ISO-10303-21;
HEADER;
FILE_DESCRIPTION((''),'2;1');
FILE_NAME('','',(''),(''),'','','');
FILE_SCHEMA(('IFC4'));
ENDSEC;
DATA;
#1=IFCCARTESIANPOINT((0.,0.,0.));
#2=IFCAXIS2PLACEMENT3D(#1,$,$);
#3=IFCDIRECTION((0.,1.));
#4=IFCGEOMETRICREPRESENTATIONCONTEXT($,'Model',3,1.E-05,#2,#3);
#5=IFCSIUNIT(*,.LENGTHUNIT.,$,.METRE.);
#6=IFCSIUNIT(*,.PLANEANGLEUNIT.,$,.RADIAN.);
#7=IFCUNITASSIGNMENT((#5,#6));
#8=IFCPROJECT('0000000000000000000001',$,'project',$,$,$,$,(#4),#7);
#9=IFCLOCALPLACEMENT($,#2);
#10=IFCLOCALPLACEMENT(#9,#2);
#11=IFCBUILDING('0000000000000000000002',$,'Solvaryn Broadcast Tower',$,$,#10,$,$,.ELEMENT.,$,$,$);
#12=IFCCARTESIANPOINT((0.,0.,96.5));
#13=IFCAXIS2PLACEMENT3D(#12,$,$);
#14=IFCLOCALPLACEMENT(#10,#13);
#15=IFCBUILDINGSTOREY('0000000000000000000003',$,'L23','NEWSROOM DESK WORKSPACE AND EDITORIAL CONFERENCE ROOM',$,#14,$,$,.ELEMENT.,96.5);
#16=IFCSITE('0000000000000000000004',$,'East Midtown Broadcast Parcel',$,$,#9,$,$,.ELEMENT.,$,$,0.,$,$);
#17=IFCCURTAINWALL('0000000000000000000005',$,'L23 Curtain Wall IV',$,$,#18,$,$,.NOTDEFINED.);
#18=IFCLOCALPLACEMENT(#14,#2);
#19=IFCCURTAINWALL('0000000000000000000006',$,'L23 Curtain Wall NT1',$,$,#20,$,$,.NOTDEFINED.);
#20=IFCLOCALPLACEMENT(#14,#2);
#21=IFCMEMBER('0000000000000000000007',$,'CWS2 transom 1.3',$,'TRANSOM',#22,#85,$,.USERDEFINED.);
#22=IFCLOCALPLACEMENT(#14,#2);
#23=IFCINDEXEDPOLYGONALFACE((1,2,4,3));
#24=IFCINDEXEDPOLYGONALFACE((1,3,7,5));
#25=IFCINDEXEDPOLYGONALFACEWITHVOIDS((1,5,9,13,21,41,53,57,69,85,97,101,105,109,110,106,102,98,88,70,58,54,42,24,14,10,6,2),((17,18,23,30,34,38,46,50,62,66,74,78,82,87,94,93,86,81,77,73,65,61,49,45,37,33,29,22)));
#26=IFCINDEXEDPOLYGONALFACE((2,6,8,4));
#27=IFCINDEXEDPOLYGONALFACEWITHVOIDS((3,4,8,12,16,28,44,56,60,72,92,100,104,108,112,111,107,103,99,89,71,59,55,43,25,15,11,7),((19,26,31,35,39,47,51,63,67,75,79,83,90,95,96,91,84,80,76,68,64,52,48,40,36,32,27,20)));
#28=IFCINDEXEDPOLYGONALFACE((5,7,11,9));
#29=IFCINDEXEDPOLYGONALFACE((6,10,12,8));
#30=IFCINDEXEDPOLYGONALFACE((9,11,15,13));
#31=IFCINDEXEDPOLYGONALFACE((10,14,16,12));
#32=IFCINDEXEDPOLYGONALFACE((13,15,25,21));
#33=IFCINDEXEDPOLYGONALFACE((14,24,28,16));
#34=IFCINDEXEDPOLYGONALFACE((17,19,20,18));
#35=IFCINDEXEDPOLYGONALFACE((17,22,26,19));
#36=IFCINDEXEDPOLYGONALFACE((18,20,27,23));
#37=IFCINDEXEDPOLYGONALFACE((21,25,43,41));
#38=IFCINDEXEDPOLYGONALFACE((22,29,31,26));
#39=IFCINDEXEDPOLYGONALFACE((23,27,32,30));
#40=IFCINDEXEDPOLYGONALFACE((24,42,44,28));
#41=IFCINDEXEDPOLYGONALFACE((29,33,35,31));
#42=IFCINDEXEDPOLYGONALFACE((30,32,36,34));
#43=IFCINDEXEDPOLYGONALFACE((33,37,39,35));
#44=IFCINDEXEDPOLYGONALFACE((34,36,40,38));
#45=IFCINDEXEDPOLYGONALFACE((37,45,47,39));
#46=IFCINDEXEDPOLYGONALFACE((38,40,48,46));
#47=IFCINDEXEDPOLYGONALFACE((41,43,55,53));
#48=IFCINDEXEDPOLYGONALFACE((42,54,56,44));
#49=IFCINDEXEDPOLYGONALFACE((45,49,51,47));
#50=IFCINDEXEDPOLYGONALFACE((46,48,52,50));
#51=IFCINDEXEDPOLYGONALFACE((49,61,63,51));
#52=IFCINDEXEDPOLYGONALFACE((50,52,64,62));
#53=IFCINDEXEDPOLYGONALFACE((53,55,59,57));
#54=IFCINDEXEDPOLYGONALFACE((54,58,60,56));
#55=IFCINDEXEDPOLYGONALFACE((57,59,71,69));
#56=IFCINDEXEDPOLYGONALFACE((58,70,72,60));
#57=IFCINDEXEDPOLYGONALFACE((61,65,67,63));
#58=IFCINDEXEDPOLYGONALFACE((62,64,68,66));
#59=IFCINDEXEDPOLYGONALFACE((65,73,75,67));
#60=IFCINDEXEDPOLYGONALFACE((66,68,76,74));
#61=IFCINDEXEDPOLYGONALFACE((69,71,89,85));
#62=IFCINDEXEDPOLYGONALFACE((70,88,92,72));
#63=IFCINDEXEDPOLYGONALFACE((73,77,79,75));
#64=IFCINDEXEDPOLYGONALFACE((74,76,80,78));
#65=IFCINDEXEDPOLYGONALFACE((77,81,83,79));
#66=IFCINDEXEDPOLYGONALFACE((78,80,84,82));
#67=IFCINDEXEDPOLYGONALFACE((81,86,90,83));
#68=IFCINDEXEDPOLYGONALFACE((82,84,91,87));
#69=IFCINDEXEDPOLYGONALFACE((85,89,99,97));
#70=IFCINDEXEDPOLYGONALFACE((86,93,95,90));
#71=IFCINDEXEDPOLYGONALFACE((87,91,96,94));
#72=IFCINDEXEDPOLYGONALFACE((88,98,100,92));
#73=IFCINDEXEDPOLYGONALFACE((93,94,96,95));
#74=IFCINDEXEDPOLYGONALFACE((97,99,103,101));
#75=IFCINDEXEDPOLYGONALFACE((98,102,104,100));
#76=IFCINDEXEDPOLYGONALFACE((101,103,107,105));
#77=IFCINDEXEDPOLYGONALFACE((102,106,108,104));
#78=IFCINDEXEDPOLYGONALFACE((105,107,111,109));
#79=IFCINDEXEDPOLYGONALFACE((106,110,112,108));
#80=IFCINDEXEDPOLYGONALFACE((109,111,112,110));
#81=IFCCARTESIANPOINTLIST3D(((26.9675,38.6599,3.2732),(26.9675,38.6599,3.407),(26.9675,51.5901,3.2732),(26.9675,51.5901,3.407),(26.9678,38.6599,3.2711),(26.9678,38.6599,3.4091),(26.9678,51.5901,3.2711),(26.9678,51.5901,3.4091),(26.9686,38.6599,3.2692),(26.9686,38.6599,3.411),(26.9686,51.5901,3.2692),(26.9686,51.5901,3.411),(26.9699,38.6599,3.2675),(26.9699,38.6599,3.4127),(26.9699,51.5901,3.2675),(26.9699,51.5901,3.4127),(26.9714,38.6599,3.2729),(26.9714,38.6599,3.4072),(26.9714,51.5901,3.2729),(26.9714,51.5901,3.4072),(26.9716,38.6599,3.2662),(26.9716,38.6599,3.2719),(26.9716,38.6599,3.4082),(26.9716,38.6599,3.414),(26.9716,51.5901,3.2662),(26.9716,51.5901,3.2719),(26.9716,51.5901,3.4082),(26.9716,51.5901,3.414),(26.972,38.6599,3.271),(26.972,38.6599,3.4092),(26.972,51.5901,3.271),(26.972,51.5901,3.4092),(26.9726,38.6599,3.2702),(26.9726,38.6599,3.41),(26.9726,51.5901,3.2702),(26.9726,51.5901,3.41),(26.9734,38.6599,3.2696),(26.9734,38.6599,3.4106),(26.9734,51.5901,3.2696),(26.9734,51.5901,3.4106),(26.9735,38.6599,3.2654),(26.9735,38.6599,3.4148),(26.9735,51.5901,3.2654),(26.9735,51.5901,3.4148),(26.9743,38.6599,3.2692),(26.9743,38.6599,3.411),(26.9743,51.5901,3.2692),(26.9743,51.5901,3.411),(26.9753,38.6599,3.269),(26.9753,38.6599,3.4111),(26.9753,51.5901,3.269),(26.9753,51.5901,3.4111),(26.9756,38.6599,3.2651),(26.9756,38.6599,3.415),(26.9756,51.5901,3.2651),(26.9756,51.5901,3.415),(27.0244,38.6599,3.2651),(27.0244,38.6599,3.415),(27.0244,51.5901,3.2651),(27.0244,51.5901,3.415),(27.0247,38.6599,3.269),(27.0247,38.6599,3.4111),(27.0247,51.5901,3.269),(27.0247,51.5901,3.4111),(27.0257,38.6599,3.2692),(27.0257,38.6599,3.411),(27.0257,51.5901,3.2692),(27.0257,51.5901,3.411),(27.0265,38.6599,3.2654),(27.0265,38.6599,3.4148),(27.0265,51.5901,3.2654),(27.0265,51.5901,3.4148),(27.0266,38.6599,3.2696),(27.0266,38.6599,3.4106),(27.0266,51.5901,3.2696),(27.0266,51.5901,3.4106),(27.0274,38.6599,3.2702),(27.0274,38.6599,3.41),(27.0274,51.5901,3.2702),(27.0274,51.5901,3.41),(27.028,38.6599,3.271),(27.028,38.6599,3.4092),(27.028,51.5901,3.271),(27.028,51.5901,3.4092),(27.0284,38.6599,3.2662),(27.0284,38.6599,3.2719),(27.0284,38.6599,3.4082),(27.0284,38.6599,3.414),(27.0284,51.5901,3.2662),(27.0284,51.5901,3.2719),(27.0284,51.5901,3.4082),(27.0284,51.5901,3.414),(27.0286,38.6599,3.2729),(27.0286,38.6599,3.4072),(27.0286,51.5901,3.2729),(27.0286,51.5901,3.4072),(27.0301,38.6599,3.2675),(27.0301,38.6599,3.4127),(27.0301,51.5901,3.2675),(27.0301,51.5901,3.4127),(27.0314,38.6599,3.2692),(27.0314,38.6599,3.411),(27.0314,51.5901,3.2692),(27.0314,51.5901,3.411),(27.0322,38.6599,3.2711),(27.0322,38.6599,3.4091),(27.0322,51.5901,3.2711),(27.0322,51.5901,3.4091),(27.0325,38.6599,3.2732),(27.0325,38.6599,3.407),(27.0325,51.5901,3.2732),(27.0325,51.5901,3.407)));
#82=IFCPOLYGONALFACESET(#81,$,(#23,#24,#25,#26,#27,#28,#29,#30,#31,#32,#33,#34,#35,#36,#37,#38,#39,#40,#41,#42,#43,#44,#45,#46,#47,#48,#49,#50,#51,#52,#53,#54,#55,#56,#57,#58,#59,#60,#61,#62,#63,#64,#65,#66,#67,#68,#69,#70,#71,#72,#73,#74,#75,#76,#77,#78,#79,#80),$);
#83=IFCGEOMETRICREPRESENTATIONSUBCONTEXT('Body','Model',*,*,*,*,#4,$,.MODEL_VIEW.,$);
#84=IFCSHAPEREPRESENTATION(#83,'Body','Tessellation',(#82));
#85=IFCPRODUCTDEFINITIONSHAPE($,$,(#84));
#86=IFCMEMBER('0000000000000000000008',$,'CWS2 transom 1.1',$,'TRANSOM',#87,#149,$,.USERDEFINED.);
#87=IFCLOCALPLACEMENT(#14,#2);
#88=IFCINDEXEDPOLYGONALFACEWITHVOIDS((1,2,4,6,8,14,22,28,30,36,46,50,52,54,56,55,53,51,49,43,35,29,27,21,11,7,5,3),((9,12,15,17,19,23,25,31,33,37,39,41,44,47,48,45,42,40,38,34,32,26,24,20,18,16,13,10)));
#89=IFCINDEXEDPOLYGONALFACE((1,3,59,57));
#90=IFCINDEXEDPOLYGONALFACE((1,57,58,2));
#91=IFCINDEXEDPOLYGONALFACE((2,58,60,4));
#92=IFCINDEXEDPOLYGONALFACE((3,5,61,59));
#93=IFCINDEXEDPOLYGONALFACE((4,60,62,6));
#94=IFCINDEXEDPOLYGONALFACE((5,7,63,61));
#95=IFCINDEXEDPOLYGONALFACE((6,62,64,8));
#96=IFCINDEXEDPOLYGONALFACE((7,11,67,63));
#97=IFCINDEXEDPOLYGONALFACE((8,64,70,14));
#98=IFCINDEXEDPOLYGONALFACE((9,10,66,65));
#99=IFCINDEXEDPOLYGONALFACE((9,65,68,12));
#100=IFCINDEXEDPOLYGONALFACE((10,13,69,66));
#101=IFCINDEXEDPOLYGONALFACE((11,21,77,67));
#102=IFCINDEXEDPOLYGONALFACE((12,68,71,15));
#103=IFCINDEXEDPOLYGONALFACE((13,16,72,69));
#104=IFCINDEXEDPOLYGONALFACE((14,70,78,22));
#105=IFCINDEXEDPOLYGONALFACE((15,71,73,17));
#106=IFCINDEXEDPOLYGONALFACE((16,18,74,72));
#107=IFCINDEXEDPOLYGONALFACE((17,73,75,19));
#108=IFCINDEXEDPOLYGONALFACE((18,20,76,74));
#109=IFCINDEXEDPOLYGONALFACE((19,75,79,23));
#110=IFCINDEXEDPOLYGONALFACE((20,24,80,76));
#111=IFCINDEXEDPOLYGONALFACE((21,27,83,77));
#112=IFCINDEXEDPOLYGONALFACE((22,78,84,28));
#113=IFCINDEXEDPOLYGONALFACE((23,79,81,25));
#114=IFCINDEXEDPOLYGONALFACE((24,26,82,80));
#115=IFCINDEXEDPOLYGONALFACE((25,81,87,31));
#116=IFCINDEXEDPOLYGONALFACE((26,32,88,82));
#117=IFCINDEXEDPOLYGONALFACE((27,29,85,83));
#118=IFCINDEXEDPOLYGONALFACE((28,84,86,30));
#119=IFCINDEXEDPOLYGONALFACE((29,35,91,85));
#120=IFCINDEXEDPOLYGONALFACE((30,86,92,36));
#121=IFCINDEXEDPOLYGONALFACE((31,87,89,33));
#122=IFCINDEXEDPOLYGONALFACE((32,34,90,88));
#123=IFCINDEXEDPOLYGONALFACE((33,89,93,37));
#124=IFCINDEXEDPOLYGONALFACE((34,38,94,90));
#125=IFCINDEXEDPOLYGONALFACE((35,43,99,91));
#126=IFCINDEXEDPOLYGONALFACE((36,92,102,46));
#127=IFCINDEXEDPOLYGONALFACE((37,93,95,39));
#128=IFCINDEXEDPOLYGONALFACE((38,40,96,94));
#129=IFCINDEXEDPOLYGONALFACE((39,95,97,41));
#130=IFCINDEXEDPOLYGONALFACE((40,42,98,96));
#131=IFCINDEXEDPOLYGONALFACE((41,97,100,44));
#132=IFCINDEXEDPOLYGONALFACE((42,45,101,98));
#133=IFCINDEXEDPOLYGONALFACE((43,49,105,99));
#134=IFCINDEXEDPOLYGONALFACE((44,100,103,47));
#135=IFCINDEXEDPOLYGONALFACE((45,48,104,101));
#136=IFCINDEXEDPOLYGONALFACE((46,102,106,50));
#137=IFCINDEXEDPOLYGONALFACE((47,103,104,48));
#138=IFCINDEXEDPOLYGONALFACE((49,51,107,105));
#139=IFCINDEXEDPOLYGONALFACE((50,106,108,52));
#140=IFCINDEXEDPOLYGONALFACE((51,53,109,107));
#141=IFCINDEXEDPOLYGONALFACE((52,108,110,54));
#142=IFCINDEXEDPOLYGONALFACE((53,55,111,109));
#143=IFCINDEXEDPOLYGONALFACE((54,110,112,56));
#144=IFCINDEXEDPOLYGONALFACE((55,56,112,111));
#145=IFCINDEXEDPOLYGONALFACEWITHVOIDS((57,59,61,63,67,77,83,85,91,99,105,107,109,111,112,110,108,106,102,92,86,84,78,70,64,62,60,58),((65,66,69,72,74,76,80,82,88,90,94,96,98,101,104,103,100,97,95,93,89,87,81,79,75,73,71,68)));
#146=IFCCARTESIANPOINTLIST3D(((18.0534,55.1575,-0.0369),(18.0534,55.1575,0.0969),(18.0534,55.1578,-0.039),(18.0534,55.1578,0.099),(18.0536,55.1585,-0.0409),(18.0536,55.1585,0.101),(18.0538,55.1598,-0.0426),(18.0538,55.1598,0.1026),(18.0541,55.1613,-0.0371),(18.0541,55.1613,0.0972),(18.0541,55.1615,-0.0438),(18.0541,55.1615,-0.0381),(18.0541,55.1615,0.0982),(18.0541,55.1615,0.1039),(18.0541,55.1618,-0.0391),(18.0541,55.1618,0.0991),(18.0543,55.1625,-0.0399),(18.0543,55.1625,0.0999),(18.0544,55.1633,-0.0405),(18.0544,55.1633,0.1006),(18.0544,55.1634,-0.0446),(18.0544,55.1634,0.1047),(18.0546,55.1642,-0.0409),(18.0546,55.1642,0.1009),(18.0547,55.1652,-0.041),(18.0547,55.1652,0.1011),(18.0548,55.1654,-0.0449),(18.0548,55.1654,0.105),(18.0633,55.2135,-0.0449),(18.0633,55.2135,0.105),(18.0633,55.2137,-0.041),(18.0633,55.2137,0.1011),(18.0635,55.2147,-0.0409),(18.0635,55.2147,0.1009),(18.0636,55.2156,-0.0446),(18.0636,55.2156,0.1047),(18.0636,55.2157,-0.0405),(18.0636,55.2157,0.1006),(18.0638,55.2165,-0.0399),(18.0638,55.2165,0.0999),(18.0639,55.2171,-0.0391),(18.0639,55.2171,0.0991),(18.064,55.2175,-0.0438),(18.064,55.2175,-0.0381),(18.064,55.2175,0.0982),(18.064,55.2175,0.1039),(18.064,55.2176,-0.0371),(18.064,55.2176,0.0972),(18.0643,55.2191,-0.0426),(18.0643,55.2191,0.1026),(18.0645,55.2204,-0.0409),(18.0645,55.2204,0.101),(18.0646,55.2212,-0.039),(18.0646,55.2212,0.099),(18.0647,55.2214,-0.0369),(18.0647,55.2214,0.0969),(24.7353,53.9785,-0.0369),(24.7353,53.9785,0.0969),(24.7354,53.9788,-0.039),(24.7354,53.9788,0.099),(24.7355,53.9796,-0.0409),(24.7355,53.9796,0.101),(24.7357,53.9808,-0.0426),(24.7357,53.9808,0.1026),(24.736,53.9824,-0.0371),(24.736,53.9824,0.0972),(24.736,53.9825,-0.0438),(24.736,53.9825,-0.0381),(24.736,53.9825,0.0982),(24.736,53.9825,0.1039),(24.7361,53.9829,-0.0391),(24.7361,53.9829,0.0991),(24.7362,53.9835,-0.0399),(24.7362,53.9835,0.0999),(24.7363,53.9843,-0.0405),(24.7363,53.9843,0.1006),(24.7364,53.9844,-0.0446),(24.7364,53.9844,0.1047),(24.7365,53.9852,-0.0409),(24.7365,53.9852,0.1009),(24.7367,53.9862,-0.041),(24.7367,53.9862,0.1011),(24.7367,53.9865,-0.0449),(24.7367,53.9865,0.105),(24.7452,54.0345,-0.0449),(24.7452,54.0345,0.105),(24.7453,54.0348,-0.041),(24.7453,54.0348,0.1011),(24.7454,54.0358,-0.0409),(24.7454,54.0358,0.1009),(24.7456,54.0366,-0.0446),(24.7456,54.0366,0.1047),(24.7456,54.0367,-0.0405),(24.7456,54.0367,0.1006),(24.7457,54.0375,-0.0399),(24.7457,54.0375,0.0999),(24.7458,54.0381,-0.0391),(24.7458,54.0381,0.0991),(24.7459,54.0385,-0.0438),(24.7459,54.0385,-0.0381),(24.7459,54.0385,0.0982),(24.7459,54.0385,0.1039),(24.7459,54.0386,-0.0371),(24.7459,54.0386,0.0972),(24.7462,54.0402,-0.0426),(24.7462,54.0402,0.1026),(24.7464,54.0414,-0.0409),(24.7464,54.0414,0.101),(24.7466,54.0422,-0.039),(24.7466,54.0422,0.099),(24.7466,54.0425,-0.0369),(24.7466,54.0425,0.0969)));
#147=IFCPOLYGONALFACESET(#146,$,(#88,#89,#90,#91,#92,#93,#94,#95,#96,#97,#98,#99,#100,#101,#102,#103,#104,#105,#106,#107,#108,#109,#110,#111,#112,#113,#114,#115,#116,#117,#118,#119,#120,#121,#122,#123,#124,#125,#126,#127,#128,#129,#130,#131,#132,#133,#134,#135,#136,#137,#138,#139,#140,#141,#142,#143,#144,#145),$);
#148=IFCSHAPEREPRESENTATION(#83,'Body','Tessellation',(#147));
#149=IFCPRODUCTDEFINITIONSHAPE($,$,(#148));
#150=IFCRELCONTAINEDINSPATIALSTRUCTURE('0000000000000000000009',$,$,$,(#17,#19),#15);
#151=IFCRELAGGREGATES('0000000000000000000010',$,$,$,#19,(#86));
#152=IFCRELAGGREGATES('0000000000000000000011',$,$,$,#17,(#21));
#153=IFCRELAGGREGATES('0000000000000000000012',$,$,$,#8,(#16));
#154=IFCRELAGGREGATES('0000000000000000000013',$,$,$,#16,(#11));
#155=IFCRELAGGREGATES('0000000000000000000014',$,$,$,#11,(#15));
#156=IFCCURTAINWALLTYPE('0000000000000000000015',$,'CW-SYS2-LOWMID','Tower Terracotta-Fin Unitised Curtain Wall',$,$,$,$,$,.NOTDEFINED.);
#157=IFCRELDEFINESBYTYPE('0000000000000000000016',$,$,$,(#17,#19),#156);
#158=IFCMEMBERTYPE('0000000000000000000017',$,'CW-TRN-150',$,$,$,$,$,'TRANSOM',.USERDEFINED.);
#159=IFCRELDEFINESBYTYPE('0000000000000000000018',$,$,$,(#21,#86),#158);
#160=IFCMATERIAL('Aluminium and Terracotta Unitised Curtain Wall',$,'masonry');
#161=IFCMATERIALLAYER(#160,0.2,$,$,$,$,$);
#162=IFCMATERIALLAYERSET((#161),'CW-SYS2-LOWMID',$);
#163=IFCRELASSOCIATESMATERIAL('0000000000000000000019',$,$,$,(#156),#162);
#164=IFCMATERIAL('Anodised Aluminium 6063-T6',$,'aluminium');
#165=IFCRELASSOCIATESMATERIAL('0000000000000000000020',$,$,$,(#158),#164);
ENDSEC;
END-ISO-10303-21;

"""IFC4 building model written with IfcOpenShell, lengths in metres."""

from ifc_helpers import new_model, si_unit, direction, frame, origin, origin_2d, place, context, subcontext, project, spatial, hollow_rectangle, extrude, material, layer, layer_set, material_profile, profile_set, type_object, element, aggregate, save


model = new_model("IFC4")

# Units and contexts
model_context = context("Model", 3, precision=1e-05, world=origin(), true_north=direction((0.0, 1.0)))
body_context = subcontext(model_context, "Body", "Model", "MODEL_VIEW")
ifc_project = project(units=[si_unit("LENGTHUNIT", "METRE"), si_unit("PLANEANGLEUNIT", "RADIAN")], contexts=[model_context])

# Site, building, storey
site_placement = place(None, origin())
site = spatial("IfcSite", under=ifc_project, at=site_placement, Name="East Midtown Broadcast Parcel", CompositionType="ELEMENT", RefElevation=0.0)
building_placement = place(site_placement, origin())
building = spatial("IfcBuilding", under=site, at=building_placement, Name="Solvaryn Broadcast Tower", CompositionType="ELEMENT")
storey_placement = place(building_placement, frame((0.0, 0.0, 96.5)))
storey = spatial("IfcBuildingStorey", under=building, at=storey_placement, Name="L23", Description="NEWSROOM DESK WORKSPACE AND EDITORIAL CONFERENCE ROOM", CompositionType="ELEMENT", Elevation=96.5)

# Curtain wall
ifc_material_1 = material(Name="Aluminium and Terracotta Unitised Curtain Wall", Category="masonry")
ifc_layer_1 = layer(ifc_material_1, 0.2)
ifc_layer_set_1 = layer_set([ifc_layer_1], Name="CW-SYS2-LOWMID")
curtain_wall_type = type_object("IfcCurtainWallType", Name="CW-SYS2-LOWMID", Description="Tower Terracotta-Fin Unitised Curtain Wall", PredefinedType="NOTDEFINED", material=ifc_layer_set_1)
curtain_wall_1_placement = place(storey_placement, origin())
curtain_wall_1 = element("IfcCurtainWall", 1, at=curtain_wall_1_placement, inside=storey, type_object=curtain_wall_type, Name="L23 Curtain Wall IV", PredefinedType="NOTDEFINED")

# Curtain wall
curtain_wall_2_placement = place(storey_placement, origin())
curtain_wall_2 = element("IfcCurtainWall", 2, at=curtain_wall_2_placement, inside=storey, type_object=curtain_wall_type, Name="L23 Curtain Wall NT1", PredefinedType="NOTDEFINED")

# Members
ifc_material_2 = material(Name="Anodised Aluminium 6063-T6", Category="aluminium")
ifc_material_profile_1 = material_profile(ifc_material_2, hollow_rectangle(XDim=0.0649, YDim=0.1499, WallThickness=0.0039, InnerFilletRadius=0.0039, OuterFilletRadius=0.0081, at=origin_2d()))
ifc_profile_set_1 = profile_set([ifc_material_profile_1], Name="Anodised Aluminium 6063-T6")
member_type_1 = type_object("IfcMemberType", Name="CW-TRN-150", ElementType="TRANSOM", PredefinedType="USERDEFINED", material=ifc_profile_set_1)
member_1_placement = place(storey_placement, frame((27.0, 51.5901, 3.3401), z_axis=(0.0, -1.0, 0.0), x_axis=(1.0, 0.0, 0.0)))
member_1 = element("IfcMember", 3, at=member_1_placement, type_object=member_type_1, Name="CWS2 transom 1.3", ObjectType="TRANSOM", PredefinedType="USERDEFINED", context=body_context, shape_type="SweptSolid", body=[
    extrude(hollow_rectangle(XDim=0.0649, YDim=0.1499, WallThickness=0.0039, InnerFilletRadius=0.0039, OuterFilletRadius=0.0081, at=origin_2d()), origin(), (0.0, 0.0, 1.0), 12.9302),
])
member_2_placement = place(storey_placement, frame((24.741, 54.0105, 0.03), z_axis=(-0.984789, 0.173757, 0.0), x_axis=(-0.173757, -0.984789, 0.0)))
member_2 = element("IfcMember", 4, at=member_2_placement, type_object=member_type_1, Name="CWS2 transom 1.1", ObjectType="TRANSOM", PredefinedType="USERDEFINED", context=body_context, shape_type="SweptSolid", body=[
    extrude(hollow_rectangle(XDim=0.0649, YDim=0.1499, WallThickness=0.0039, InnerFilletRadius=0.0039, OuterFilletRadius=0.0081, at=origin_2d()), origin(), (0.0, 0.0, 1.0), 6.7852),
])
aggregate(curtain_wall_2, [member_2])

aggregate(curtain_wall_1, [member_1])

save(model, "model.ifc")
